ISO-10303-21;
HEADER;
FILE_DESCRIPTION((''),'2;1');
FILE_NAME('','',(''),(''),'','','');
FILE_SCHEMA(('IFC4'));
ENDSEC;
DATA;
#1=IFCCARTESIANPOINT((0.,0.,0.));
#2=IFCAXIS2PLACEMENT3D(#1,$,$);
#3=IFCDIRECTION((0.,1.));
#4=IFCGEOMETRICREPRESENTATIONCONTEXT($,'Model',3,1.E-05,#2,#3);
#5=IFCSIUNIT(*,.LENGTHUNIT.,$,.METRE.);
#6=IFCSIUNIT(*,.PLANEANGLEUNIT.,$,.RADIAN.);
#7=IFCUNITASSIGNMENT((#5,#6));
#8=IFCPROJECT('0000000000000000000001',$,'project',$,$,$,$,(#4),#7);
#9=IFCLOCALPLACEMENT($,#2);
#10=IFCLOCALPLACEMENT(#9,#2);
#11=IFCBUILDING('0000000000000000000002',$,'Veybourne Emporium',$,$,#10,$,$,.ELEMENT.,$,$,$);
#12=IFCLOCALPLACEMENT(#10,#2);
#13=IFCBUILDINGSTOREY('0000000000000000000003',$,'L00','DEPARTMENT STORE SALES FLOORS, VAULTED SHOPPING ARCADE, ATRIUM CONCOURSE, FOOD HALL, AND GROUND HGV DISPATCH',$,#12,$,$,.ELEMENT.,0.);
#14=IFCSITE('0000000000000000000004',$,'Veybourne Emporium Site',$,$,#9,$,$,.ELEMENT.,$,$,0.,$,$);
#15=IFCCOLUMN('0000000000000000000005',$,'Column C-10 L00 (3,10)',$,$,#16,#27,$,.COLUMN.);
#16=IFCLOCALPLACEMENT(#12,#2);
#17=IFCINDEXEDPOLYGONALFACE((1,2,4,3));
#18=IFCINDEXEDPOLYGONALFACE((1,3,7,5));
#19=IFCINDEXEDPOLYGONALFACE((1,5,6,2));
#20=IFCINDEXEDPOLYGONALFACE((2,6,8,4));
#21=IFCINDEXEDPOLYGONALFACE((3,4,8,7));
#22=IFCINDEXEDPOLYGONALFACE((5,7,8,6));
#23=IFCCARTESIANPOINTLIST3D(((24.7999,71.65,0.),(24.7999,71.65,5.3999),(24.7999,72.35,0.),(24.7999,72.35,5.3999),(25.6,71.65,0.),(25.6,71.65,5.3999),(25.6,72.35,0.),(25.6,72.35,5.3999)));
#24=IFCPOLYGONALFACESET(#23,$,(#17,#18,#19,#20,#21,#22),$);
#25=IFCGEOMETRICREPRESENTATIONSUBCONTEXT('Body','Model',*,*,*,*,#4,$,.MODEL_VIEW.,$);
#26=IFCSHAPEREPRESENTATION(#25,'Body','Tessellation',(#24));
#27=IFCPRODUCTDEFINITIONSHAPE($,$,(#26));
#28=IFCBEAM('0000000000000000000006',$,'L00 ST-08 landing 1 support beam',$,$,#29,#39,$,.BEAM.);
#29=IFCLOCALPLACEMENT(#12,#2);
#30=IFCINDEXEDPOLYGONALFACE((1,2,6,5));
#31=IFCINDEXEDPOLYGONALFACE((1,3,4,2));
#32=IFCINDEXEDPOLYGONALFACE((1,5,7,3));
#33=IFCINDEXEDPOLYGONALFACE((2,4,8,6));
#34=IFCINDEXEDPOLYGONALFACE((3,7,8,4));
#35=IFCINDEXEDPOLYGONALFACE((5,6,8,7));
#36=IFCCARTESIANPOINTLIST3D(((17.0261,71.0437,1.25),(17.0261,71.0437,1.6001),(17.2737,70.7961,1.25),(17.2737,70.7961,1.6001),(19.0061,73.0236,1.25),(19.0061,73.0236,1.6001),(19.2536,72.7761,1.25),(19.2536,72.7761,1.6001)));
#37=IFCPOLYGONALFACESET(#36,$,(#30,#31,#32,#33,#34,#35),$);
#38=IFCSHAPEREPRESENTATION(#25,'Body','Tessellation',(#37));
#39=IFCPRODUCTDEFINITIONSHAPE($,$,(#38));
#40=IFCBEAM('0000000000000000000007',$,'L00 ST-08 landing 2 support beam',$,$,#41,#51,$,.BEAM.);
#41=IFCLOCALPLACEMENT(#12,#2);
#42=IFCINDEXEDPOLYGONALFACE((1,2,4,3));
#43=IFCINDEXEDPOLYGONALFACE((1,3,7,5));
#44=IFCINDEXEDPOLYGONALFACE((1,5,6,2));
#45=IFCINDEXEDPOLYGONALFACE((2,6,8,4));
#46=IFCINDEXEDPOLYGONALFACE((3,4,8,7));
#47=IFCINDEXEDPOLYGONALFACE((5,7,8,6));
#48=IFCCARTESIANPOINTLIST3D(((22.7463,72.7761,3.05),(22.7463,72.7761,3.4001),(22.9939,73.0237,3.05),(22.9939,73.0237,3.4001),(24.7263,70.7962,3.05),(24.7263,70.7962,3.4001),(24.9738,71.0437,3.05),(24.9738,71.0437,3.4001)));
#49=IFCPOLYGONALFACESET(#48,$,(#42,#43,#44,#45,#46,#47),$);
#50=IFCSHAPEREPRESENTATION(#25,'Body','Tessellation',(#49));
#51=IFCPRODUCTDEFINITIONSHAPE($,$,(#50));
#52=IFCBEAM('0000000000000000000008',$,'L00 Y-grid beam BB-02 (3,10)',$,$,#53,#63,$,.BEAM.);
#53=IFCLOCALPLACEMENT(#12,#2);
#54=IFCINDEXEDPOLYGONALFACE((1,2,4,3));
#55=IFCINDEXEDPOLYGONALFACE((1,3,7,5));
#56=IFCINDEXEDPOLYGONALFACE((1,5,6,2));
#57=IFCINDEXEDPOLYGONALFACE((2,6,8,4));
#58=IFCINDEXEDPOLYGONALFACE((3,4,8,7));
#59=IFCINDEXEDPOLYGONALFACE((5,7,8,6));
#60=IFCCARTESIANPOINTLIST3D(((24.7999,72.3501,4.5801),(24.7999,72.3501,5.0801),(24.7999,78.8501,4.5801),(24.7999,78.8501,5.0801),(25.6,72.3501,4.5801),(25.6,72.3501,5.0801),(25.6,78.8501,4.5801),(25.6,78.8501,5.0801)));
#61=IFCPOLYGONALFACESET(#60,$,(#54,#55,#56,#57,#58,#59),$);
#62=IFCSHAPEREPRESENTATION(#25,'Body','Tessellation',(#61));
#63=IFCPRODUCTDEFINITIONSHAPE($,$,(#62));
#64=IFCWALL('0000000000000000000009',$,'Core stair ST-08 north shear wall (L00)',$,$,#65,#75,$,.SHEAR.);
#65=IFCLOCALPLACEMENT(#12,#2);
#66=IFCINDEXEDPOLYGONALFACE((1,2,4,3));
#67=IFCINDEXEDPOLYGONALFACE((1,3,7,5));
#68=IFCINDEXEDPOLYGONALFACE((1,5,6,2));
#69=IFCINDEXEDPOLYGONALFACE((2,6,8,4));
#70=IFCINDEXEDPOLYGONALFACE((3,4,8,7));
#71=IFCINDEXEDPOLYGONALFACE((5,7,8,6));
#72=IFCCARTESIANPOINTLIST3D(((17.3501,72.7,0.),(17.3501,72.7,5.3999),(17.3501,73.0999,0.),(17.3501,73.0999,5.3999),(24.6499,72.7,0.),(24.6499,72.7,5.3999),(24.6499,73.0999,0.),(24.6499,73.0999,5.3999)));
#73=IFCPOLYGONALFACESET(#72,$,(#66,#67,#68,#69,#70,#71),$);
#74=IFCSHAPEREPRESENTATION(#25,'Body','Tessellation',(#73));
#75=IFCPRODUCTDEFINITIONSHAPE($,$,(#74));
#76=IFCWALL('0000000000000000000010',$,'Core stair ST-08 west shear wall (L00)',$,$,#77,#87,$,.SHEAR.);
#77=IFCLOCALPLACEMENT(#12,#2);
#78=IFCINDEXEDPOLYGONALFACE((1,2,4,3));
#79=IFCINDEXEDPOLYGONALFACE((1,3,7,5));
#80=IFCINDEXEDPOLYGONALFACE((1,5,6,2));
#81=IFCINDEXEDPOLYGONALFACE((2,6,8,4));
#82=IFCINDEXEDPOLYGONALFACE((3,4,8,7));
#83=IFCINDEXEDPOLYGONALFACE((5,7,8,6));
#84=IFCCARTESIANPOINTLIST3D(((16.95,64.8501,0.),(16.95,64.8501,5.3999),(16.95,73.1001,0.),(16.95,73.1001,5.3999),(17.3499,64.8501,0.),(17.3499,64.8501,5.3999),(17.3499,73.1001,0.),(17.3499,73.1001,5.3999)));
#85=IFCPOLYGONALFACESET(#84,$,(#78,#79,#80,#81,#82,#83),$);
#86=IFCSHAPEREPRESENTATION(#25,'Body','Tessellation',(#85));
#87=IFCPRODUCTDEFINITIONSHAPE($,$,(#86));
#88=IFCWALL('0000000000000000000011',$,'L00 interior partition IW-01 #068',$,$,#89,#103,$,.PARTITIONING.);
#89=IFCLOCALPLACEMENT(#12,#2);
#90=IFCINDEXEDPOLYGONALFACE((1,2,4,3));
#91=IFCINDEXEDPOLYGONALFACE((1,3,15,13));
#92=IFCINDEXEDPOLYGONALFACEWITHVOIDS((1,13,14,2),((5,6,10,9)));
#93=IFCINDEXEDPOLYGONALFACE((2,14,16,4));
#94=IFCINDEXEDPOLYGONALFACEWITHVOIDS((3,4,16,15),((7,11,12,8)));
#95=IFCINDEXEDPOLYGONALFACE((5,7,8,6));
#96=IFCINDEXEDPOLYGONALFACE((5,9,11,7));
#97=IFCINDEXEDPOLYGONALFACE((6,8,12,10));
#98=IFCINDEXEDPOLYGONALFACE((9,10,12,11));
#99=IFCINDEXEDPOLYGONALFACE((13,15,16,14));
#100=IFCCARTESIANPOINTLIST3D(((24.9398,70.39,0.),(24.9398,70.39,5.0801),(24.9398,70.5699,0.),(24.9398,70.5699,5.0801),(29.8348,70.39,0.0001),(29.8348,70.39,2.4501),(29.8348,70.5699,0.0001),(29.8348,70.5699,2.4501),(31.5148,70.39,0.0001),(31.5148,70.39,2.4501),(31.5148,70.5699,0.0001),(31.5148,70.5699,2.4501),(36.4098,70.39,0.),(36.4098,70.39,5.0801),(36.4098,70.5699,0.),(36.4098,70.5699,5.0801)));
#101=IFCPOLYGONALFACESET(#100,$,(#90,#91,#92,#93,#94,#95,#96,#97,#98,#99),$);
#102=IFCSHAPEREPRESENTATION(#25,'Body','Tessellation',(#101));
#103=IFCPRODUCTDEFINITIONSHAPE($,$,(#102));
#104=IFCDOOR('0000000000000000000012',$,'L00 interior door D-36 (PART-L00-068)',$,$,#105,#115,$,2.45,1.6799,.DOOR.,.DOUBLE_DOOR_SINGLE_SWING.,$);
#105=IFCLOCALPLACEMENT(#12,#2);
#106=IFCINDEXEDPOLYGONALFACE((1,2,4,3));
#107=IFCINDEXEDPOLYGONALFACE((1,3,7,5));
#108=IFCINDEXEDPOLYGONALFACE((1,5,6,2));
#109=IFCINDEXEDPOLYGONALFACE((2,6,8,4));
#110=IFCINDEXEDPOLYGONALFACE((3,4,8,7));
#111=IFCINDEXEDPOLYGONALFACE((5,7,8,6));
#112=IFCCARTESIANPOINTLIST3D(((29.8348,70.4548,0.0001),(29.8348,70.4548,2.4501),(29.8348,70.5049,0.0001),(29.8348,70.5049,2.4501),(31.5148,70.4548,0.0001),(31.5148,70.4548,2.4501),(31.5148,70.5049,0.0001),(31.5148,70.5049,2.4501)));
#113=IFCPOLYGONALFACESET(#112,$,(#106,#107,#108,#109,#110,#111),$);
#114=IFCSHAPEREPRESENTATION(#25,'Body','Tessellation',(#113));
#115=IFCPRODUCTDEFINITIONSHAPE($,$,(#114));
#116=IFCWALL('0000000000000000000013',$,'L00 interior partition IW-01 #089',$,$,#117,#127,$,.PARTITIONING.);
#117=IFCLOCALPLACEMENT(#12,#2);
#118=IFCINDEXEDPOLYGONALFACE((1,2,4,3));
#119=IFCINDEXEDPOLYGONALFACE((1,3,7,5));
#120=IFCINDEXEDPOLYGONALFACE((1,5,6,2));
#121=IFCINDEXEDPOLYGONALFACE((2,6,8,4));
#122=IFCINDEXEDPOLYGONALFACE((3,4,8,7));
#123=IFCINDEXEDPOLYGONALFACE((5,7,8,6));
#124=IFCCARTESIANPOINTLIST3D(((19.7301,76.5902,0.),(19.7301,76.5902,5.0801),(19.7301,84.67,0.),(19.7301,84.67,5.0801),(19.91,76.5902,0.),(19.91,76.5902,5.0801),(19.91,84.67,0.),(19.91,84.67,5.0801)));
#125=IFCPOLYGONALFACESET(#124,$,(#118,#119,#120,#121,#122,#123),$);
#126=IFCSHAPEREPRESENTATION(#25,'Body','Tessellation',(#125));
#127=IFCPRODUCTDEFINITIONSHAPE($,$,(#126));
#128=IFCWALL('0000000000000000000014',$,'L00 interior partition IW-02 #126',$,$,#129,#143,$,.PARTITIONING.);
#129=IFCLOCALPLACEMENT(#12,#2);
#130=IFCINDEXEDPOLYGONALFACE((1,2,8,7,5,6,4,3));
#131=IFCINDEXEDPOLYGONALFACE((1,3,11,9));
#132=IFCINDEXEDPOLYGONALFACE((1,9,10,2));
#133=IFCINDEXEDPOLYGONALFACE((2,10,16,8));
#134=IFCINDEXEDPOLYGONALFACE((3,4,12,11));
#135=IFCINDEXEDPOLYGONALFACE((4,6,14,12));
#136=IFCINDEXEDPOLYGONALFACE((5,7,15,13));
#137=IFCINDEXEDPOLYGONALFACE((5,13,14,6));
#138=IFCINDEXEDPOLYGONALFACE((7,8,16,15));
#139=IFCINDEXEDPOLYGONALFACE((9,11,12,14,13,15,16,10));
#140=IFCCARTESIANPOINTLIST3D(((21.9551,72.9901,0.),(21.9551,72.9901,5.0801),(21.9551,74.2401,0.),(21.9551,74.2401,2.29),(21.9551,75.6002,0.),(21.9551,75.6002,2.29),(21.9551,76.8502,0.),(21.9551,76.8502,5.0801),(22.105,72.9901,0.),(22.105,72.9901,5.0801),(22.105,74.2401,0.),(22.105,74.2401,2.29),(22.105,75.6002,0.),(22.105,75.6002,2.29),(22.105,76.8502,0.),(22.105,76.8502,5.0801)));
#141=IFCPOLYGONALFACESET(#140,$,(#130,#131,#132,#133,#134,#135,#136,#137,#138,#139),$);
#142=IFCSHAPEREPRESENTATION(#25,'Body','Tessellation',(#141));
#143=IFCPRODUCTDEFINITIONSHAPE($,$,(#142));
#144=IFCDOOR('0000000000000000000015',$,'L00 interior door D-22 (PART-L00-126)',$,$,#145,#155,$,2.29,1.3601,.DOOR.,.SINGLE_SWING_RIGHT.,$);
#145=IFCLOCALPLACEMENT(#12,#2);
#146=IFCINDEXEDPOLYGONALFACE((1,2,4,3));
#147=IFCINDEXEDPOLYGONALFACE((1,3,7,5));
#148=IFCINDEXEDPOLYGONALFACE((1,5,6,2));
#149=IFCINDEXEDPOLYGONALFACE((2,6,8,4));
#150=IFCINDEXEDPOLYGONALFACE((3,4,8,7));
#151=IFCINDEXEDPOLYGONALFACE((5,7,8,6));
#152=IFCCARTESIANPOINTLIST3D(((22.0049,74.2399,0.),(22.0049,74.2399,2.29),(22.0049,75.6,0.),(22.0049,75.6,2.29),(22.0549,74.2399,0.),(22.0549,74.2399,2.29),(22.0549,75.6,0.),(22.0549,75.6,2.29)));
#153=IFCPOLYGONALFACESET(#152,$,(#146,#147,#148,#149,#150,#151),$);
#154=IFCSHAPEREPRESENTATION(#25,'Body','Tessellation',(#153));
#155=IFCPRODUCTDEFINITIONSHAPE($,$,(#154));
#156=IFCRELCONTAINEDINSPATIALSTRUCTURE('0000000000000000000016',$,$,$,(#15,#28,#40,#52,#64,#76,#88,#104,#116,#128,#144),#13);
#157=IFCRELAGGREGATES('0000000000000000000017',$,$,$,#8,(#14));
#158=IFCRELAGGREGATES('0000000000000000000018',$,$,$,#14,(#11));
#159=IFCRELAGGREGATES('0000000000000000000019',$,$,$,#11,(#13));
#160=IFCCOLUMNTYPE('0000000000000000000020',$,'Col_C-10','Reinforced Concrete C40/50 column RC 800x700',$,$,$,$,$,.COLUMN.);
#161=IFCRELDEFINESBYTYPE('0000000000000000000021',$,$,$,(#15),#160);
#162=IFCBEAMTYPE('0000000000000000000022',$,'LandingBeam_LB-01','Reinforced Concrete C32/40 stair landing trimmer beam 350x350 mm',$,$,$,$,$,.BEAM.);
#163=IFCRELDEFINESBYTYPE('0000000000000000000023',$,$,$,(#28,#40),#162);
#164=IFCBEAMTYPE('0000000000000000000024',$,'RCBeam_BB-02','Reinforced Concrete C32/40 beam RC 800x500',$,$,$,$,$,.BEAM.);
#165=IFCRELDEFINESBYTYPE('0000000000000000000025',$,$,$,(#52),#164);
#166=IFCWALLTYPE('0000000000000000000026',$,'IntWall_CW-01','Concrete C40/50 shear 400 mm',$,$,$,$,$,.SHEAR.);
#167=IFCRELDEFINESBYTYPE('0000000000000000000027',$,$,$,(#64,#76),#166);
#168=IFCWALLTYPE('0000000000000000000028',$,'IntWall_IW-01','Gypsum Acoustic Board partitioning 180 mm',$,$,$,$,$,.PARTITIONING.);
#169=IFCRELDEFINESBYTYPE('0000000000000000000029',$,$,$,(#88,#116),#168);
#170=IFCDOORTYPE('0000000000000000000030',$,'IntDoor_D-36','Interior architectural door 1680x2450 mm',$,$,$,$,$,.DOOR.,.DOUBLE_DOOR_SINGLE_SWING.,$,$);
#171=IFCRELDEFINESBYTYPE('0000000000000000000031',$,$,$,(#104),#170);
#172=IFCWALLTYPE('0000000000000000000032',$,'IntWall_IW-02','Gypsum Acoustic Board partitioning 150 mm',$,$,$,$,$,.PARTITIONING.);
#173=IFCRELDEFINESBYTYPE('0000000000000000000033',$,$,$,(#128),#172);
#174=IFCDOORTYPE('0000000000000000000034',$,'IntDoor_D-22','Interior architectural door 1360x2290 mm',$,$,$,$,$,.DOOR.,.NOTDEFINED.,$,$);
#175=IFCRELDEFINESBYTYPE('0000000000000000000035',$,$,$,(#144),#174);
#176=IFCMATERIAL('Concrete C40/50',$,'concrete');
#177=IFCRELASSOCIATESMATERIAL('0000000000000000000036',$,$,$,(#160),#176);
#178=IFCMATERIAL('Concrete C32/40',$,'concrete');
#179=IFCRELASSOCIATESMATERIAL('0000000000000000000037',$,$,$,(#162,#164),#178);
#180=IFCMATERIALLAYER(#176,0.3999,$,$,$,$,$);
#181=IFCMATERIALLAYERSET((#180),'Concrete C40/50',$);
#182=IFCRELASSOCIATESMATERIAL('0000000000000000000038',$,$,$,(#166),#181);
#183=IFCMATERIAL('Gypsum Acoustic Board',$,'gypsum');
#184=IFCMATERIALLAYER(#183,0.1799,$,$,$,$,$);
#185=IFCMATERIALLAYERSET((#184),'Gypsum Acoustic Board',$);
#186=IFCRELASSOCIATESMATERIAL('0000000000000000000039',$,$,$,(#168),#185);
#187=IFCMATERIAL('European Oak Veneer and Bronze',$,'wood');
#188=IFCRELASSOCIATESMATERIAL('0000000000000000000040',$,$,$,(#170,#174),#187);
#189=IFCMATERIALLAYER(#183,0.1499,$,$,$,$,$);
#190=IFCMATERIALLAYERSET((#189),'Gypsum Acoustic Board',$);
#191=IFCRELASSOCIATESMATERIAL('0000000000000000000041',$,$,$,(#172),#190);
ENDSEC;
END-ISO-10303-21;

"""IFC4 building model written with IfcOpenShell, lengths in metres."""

from ifc_helpers import new_model, si_unit, direction, frame, frame_2d, origin, origin_2d, place, context, subcontext, project, spatial, rectangle, extrude, material, layer, layer_set, material_profile, profile_set, type_object, element, fill, save


model = new_model("IFC4")

# Units and contexts
model_context = context("Model", 3, precision=1e-05, world=origin(), true_north=direction((0.0, 1.0)))
body_context = subcontext(model_context, "Body", "Model", "MODEL_VIEW")
ifc_project = project(units=[si_unit("LENGTHUNIT", "METRE"), si_unit("PLANEANGLEUNIT", "RADIAN")], contexts=[model_context])

# Site, building, storey
site_placement = place(None, origin())
site = spatial("IfcSite", under=ifc_project, at=site_placement, Name="Veybourne Emporium Site", CompositionType="ELEMENT", RefElevation=0.0)
building_placement = place(site_placement, origin())
building = spatial("IfcBuilding", under=site, at=building_placement, Name="Veybourne Emporium", CompositionType="ELEMENT")
storey_placement = place(building_placement, origin())
storey = spatial("IfcBuildingStorey", under=building, at=storey_placement, Name="L00", Description="DEPARTMENT STORE SALES FLOORS, VAULTED SHOPPING ARCADE, ATRIUM CONCOURSE, FOOD HALL, AND GROUND HGV DISPATCH", CompositionType="ELEMENT", Elevation=0.0)

# Column
ifc_material_1 = material(Name="Concrete C40/50", Category="concrete")
ifc_material_profile_1 = material_profile(ifc_material_1, rectangle(XDim=0.8, YDim=0.7, at=origin_2d()), Name="RC 800x700")
ifc_profile_set_1 = profile_set([ifc_material_profile_1], Name="Concrete C40/50")
column_type = type_object("IfcColumnType", Name="Col_C-10", Description="Reinforced Concrete C40/50 column RC 800x700", PredefinedType="COLUMN", material=ifc_profile_set_1)
column_placement = place(storey_placement, frame((25.2, 72.0, 0.0), z_axis=(0.0, 0.0, 1.0), x_axis=(1.0, 0.0, 0.0)))
element("IfcColumn", 1, at=column_placement, inside=storey, type_object=column_type, Name="Column C-10 L00 (3,10)", PredefinedType="COLUMN", context=body_context, shape_type="SweptSolid", body=[
    extrude(rectangle(XDim=0.8, YDim=0.7, at=origin_2d()), origin(), (0.0, 0.0, 1.0), 5.3999),
])

# Beams
ifc_material_2 = material(Name="Concrete C32/40", Category="concrete")
ifc_material_profile_2 = material_profile(ifc_material_2, rectangle(XDim=0.3501, YDim=0.3501, at=origin_2d()), Name="RC 350x350")
ifc_profile_set_2 = profile_set([ifc_material_profile_2], Name="Concrete C32/40")
beam_type_1 = type_object("IfcBeamType", Name="LandingBeam_LB-01", Description="Reinforced Concrete C32/40 stair landing trimmer beam 350x350 mm", PredefinedType="BEAM", material=ifc_profile_set_2)
for number, where, z_axis, x_axis, name in (
    (2, (17.1499, 70.9199, 1.425), (0.707107, 0.707107, 0.0), (-0.707107, 0.707107, 0.0), "L00 ST-08 landing 1 support beam"),
    (3, (22.8701, 72.8999, 3.2251), (0.707107, -0.707107, 0.0), (0.707107, 0.707107, 0.0), "L00 ST-08 landing 2 support beam"),
):
    element("IfcBeam", number, at=place(storey_placement, frame(where, z_axis=z_axis, x_axis=x_axis)), inside=storey, type_object=beam_type_1, Name=name, PredefinedType="BEAM", context=body_context, shape_type="SweptSolid", body=[
        extrude(rectangle(XDim=0.3501, YDim=0.3501, at=origin_2d()), origin(), (0.0, 0.0, 1.0), 2.8),
    ])
ifc_material_profile_3 = material_profile(ifc_material_2, rectangle(XDim=0.8, YDim=0.5, at=origin_2d()), Name="RC 800x500")
ifc_profile_set_3 = profile_set([ifc_material_profile_3], Name="Concrete C32/40")
beam_type_2 = type_object("IfcBeamType", Name="RCBeam_BB-02", Description="Reinforced Concrete C32/40 beam RC 800x500", PredefinedType="BEAM", material=ifc_profile_set_3)
beam_placement = place(storey_placement, frame((25.2, 72.3501, 4.8301), z_axis=(0.0, 1.0, 0.0), x_axis=(-1.0, 0.0, 0.0)))
element("IfcBeam", 4, at=beam_placement, inside=storey, type_object=beam_type_2, Name="L00 Y-grid beam BB-02 (3,10)", PredefinedType="BEAM", context=body_context, shape_type="SweptSolid", body=[
    extrude(rectangle(XDim=0.8, YDim=0.5, at=origin_2d()), origin(), (0.0, 0.0, 1.0), 6.5),
])

# Walls
ifc_layer_1 = layer(ifc_material_1, 0.3999)
ifc_layer_set_1 = layer_set([ifc_layer_1], Name="Concrete C40/50")
wall_type_1 = type_object("IfcWallType", Name="IntWall_CW-01", Description="Concrete C40/50 shear 400 mm", PredefinedType="SHEAR", material=ifc_layer_set_1)
wall_1_placement = place(storey_placement, frame((17.3501, 72.8999, 0.0), z_axis=(0.0, 0.0, 1.0), x_axis=(1.0, 0.0, 0.0)))
element("IfcWall", 5, at=wall_1_placement, inside=storey, type_object=wall_type_1, Name="Core stair ST-08 north shear wall (L00)", PredefinedType="SHEAR", context=body_context, shape_type="SweptSolid", body=[
    extrude(rectangle(XDim=7.2998, YDim=0.3999, at=frame_2d((3.6499, 0.0))), origin(), (0.0, 0.0, 1.0), 5.3999),
])
wall_2_placement = place(storey_placement, frame((17.1499, 73.1001, 0.0), z_axis=(0.0, 0.0, 1.0), x_axis=(0.0, -1.0, 0.0)))
element("IfcWall", 6, at=wall_2_placement, inside=storey, type_object=wall_type_1, Name="Core stair ST-08 west shear wall (L00)", PredefinedType="SHEAR", context=body_context, shape_type="SweptSolid", body=[
    extrude(rectangle(XDim=8.25, YDim=0.3999, at=frame_2d((4.125, 0.0))), origin(), (0.0, 0.0, 1.0), 5.3999),
])

# Wall, opening, door
ifc_material_3 = material(Name="Gypsum Acoustic Board", Category="gypsum")
ifc_layer_2 = layer(ifc_material_3, 0.1799)
ifc_layer_set_2 = layer_set([ifc_layer_2], Name="Gypsum Acoustic Board")
wall_type_2 = type_object("IfcWallType", Name="IntWall_IW-01", Description="Gypsum Acoustic Board partitioning 180 mm", PredefinedType="PARTITIONING", material=ifc_layer_set_2)
wall_3_placement = place(storey_placement, frame((24.9399, 70.48, 0.0), z_axis=(0.0, 0.0, 1.0), x_axis=(1.0, 0.0, 0.0)))
wall_3 = element("IfcWall", 7, at=wall_3_placement, inside=storey, type_object=wall_type_2, Name="L00 interior partition IW-01 #068", PredefinedType="PARTITIONING", context=body_context, shape_type="SweptSolid", body=[
    extrude(rectangle(XDim=11.47, YDim=0.1799, at=frame_2d((5.7349, 0.0))), origin(), (0.0, 0.0, 1.0), 5.0801),
])
opening_1_placement = place(wall_3_placement, frame((4.895, 0.0, 0.0)))
opening_1 = element("IfcOpeningElement", 8, at=opening_1_placement, cuts=wall_3, PredefinedType="OPENING", context=body_context, shape_type="SweptSolid", body=[
    extrude(rectangle(XDim=1.6799, YDim=2.45, at=frame_2d((0.8398, 1.2251))), frame((0.0, 0.1099, 0.0), z_axis=(0.0, -1.0, 0.0), x_axis=(1.0, 0.0, 0.0)), (0.0, 0.0, 1.0), 0.22),
])
ifc_material_4 = material(Name="European Oak Veneer and Bronze", Category="wood")
door_type_1 = type_object("IfcDoorType", Name="IntDoor_D-36", Description="Interior architectural door 1680x2450 mm", OperationType="DOUBLE_DOOR_SINGLE_SWING", PredefinedType="DOOR", material=ifc_material_4)
door_1_placement = place(opening_1_placement, origin())
door_1 = element("IfcDoor", 9, at=door_1_placement, inside=storey, type_object=door_type_1, Name="L00 interior door D-36 (PART-L00-068)", OperationType="DOUBLE_DOOR_SINGLE_SWING", OverallHeight=2.45, OverallWidth=1.6799, PredefinedType="DOOR", context=body_context, shape_type="SweptSolid", body=[
    extrude(rectangle(XDim=1.6799, YDim=2.45, at=frame_2d((0.8398, 1.2251))), frame((0.0, 0.0249, 0.0), z_axis=(0.0, -1.0, 0.0), x_axis=(1.0, 0.0, 0.0)), (0.0, 0.0, 1.0), 0.05),
])
fill(opening_1, door_1)

# Wall
wall_4_placement = place(storey_placement, frame((19.8201, 76.5901, 0.0), z_axis=(0.0, 0.0, 1.0), x_axis=(0.0, 1.0, 0.0)))
element("IfcWall", 10, at=wall_4_placement, inside=storey, type_object=wall_type_2, Name="L00 interior partition IW-01 #089", PredefinedType="PARTITIONING", context=body_context, shape_type="SweptSolid", body=[
    extrude(rectangle(XDim=8.0798, YDim=0.1799, at=frame_2d((4.04, 0.0))), origin(), (0.0, 0.0, 1.0), 5.0801),
])

# Wall, opening, door
ifc_layer_3 = layer(ifc_material_3, 0.1499)
ifc_layer_set_3 = layer_set([ifc_layer_3], Name="Gypsum Acoustic Board")
wall_type_3 = type_object("IfcWallType", Name="IntWall_IW-02", Description="Gypsum Acoustic Board partitioning 150 mm", PredefinedType="PARTITIONING", material=ifc_layer_set_3)
wall_5_placement = place(storey_placement, frame((22.03, 72.99, 0.0), z_axis=(0.0, 0.0, 1.0), x_axis=(0.0, 1.0, 0.0)))
wall_5 = element("IfcWall", 11, at=wall_5_placement, inside=storey, type_object=wall_type_3, Name="L00 interior partition IW-02 #126", PredefinedType="PARTITIONING", context=body_context, shape_type="SweptSolid", body=[
    extrude(rectangle(XDim=3.8601, YDim=0.1499, at=frame_2d((1.9302, 0.0))), origin(), (0.0, 0.0, 1.0), 5.0801),
])
opening_2_placement = place(wall_5_placement, frame((1.25, 0.0, 0.0)))
opening_2 = element("IfcOpeningElement", 12, at=opening_2_placement, cuts=wall_5, PredefinedType="OPENING", context=body_context, shape_type="SweptSolid", body=[
    extrude(rectangle(XDim=1.3601, YDim=2.29, at=frame_2d((0.6802, 1.145))), frame((0.0, 0.095, 0.0), z_axis=(0.0, -1.0, 0.0), x_axis=(1.0, 0.0, 0.0)), (0.0, 0.0, 1.0), 0.1899),
])
door_type_2 = type_object("IfcDoorType", Name="IntDoor_D-22", Description="Interior architectural door 1360x2290 mm", OperationType="NOTDEFINED", PredefinedType="DOOR", material=ifc_material_4)
door_2_placement = place(opening_2_placement, frame((1.3601, 0.0, 0.0), z_axis=(0.0, 0.0, 1.0), x_axis=(-1.0, 0.0, 0.0)))
door_2 = element("IfcDoor", 13, at=door_2_placement, inside=storey, type_object=door_type_2, Name="L00 interior door D-22 (PART-L00-126)", OperationType="SINGLE_SWING_RIGHT", OverallHeight=2.29, OverallWidth=1.3601, PredefinedType="DOOR", context=body_context, shape_type="SweptSolid", body=[
    extrude(rectangle(XDim=1.3601, YDim=2.29, at=frame_2d((0.6802, 1.145))), frame((0.0, 0.0249, 0.0), z_axis=(0.0, -1.0, 0.0), x_axis=(1.0, 0.0, 0.0)), (0.0, 0.0, 1.0), 0.05),
])
fill(opening_2, door_2)

save(model, "model.ifc")
